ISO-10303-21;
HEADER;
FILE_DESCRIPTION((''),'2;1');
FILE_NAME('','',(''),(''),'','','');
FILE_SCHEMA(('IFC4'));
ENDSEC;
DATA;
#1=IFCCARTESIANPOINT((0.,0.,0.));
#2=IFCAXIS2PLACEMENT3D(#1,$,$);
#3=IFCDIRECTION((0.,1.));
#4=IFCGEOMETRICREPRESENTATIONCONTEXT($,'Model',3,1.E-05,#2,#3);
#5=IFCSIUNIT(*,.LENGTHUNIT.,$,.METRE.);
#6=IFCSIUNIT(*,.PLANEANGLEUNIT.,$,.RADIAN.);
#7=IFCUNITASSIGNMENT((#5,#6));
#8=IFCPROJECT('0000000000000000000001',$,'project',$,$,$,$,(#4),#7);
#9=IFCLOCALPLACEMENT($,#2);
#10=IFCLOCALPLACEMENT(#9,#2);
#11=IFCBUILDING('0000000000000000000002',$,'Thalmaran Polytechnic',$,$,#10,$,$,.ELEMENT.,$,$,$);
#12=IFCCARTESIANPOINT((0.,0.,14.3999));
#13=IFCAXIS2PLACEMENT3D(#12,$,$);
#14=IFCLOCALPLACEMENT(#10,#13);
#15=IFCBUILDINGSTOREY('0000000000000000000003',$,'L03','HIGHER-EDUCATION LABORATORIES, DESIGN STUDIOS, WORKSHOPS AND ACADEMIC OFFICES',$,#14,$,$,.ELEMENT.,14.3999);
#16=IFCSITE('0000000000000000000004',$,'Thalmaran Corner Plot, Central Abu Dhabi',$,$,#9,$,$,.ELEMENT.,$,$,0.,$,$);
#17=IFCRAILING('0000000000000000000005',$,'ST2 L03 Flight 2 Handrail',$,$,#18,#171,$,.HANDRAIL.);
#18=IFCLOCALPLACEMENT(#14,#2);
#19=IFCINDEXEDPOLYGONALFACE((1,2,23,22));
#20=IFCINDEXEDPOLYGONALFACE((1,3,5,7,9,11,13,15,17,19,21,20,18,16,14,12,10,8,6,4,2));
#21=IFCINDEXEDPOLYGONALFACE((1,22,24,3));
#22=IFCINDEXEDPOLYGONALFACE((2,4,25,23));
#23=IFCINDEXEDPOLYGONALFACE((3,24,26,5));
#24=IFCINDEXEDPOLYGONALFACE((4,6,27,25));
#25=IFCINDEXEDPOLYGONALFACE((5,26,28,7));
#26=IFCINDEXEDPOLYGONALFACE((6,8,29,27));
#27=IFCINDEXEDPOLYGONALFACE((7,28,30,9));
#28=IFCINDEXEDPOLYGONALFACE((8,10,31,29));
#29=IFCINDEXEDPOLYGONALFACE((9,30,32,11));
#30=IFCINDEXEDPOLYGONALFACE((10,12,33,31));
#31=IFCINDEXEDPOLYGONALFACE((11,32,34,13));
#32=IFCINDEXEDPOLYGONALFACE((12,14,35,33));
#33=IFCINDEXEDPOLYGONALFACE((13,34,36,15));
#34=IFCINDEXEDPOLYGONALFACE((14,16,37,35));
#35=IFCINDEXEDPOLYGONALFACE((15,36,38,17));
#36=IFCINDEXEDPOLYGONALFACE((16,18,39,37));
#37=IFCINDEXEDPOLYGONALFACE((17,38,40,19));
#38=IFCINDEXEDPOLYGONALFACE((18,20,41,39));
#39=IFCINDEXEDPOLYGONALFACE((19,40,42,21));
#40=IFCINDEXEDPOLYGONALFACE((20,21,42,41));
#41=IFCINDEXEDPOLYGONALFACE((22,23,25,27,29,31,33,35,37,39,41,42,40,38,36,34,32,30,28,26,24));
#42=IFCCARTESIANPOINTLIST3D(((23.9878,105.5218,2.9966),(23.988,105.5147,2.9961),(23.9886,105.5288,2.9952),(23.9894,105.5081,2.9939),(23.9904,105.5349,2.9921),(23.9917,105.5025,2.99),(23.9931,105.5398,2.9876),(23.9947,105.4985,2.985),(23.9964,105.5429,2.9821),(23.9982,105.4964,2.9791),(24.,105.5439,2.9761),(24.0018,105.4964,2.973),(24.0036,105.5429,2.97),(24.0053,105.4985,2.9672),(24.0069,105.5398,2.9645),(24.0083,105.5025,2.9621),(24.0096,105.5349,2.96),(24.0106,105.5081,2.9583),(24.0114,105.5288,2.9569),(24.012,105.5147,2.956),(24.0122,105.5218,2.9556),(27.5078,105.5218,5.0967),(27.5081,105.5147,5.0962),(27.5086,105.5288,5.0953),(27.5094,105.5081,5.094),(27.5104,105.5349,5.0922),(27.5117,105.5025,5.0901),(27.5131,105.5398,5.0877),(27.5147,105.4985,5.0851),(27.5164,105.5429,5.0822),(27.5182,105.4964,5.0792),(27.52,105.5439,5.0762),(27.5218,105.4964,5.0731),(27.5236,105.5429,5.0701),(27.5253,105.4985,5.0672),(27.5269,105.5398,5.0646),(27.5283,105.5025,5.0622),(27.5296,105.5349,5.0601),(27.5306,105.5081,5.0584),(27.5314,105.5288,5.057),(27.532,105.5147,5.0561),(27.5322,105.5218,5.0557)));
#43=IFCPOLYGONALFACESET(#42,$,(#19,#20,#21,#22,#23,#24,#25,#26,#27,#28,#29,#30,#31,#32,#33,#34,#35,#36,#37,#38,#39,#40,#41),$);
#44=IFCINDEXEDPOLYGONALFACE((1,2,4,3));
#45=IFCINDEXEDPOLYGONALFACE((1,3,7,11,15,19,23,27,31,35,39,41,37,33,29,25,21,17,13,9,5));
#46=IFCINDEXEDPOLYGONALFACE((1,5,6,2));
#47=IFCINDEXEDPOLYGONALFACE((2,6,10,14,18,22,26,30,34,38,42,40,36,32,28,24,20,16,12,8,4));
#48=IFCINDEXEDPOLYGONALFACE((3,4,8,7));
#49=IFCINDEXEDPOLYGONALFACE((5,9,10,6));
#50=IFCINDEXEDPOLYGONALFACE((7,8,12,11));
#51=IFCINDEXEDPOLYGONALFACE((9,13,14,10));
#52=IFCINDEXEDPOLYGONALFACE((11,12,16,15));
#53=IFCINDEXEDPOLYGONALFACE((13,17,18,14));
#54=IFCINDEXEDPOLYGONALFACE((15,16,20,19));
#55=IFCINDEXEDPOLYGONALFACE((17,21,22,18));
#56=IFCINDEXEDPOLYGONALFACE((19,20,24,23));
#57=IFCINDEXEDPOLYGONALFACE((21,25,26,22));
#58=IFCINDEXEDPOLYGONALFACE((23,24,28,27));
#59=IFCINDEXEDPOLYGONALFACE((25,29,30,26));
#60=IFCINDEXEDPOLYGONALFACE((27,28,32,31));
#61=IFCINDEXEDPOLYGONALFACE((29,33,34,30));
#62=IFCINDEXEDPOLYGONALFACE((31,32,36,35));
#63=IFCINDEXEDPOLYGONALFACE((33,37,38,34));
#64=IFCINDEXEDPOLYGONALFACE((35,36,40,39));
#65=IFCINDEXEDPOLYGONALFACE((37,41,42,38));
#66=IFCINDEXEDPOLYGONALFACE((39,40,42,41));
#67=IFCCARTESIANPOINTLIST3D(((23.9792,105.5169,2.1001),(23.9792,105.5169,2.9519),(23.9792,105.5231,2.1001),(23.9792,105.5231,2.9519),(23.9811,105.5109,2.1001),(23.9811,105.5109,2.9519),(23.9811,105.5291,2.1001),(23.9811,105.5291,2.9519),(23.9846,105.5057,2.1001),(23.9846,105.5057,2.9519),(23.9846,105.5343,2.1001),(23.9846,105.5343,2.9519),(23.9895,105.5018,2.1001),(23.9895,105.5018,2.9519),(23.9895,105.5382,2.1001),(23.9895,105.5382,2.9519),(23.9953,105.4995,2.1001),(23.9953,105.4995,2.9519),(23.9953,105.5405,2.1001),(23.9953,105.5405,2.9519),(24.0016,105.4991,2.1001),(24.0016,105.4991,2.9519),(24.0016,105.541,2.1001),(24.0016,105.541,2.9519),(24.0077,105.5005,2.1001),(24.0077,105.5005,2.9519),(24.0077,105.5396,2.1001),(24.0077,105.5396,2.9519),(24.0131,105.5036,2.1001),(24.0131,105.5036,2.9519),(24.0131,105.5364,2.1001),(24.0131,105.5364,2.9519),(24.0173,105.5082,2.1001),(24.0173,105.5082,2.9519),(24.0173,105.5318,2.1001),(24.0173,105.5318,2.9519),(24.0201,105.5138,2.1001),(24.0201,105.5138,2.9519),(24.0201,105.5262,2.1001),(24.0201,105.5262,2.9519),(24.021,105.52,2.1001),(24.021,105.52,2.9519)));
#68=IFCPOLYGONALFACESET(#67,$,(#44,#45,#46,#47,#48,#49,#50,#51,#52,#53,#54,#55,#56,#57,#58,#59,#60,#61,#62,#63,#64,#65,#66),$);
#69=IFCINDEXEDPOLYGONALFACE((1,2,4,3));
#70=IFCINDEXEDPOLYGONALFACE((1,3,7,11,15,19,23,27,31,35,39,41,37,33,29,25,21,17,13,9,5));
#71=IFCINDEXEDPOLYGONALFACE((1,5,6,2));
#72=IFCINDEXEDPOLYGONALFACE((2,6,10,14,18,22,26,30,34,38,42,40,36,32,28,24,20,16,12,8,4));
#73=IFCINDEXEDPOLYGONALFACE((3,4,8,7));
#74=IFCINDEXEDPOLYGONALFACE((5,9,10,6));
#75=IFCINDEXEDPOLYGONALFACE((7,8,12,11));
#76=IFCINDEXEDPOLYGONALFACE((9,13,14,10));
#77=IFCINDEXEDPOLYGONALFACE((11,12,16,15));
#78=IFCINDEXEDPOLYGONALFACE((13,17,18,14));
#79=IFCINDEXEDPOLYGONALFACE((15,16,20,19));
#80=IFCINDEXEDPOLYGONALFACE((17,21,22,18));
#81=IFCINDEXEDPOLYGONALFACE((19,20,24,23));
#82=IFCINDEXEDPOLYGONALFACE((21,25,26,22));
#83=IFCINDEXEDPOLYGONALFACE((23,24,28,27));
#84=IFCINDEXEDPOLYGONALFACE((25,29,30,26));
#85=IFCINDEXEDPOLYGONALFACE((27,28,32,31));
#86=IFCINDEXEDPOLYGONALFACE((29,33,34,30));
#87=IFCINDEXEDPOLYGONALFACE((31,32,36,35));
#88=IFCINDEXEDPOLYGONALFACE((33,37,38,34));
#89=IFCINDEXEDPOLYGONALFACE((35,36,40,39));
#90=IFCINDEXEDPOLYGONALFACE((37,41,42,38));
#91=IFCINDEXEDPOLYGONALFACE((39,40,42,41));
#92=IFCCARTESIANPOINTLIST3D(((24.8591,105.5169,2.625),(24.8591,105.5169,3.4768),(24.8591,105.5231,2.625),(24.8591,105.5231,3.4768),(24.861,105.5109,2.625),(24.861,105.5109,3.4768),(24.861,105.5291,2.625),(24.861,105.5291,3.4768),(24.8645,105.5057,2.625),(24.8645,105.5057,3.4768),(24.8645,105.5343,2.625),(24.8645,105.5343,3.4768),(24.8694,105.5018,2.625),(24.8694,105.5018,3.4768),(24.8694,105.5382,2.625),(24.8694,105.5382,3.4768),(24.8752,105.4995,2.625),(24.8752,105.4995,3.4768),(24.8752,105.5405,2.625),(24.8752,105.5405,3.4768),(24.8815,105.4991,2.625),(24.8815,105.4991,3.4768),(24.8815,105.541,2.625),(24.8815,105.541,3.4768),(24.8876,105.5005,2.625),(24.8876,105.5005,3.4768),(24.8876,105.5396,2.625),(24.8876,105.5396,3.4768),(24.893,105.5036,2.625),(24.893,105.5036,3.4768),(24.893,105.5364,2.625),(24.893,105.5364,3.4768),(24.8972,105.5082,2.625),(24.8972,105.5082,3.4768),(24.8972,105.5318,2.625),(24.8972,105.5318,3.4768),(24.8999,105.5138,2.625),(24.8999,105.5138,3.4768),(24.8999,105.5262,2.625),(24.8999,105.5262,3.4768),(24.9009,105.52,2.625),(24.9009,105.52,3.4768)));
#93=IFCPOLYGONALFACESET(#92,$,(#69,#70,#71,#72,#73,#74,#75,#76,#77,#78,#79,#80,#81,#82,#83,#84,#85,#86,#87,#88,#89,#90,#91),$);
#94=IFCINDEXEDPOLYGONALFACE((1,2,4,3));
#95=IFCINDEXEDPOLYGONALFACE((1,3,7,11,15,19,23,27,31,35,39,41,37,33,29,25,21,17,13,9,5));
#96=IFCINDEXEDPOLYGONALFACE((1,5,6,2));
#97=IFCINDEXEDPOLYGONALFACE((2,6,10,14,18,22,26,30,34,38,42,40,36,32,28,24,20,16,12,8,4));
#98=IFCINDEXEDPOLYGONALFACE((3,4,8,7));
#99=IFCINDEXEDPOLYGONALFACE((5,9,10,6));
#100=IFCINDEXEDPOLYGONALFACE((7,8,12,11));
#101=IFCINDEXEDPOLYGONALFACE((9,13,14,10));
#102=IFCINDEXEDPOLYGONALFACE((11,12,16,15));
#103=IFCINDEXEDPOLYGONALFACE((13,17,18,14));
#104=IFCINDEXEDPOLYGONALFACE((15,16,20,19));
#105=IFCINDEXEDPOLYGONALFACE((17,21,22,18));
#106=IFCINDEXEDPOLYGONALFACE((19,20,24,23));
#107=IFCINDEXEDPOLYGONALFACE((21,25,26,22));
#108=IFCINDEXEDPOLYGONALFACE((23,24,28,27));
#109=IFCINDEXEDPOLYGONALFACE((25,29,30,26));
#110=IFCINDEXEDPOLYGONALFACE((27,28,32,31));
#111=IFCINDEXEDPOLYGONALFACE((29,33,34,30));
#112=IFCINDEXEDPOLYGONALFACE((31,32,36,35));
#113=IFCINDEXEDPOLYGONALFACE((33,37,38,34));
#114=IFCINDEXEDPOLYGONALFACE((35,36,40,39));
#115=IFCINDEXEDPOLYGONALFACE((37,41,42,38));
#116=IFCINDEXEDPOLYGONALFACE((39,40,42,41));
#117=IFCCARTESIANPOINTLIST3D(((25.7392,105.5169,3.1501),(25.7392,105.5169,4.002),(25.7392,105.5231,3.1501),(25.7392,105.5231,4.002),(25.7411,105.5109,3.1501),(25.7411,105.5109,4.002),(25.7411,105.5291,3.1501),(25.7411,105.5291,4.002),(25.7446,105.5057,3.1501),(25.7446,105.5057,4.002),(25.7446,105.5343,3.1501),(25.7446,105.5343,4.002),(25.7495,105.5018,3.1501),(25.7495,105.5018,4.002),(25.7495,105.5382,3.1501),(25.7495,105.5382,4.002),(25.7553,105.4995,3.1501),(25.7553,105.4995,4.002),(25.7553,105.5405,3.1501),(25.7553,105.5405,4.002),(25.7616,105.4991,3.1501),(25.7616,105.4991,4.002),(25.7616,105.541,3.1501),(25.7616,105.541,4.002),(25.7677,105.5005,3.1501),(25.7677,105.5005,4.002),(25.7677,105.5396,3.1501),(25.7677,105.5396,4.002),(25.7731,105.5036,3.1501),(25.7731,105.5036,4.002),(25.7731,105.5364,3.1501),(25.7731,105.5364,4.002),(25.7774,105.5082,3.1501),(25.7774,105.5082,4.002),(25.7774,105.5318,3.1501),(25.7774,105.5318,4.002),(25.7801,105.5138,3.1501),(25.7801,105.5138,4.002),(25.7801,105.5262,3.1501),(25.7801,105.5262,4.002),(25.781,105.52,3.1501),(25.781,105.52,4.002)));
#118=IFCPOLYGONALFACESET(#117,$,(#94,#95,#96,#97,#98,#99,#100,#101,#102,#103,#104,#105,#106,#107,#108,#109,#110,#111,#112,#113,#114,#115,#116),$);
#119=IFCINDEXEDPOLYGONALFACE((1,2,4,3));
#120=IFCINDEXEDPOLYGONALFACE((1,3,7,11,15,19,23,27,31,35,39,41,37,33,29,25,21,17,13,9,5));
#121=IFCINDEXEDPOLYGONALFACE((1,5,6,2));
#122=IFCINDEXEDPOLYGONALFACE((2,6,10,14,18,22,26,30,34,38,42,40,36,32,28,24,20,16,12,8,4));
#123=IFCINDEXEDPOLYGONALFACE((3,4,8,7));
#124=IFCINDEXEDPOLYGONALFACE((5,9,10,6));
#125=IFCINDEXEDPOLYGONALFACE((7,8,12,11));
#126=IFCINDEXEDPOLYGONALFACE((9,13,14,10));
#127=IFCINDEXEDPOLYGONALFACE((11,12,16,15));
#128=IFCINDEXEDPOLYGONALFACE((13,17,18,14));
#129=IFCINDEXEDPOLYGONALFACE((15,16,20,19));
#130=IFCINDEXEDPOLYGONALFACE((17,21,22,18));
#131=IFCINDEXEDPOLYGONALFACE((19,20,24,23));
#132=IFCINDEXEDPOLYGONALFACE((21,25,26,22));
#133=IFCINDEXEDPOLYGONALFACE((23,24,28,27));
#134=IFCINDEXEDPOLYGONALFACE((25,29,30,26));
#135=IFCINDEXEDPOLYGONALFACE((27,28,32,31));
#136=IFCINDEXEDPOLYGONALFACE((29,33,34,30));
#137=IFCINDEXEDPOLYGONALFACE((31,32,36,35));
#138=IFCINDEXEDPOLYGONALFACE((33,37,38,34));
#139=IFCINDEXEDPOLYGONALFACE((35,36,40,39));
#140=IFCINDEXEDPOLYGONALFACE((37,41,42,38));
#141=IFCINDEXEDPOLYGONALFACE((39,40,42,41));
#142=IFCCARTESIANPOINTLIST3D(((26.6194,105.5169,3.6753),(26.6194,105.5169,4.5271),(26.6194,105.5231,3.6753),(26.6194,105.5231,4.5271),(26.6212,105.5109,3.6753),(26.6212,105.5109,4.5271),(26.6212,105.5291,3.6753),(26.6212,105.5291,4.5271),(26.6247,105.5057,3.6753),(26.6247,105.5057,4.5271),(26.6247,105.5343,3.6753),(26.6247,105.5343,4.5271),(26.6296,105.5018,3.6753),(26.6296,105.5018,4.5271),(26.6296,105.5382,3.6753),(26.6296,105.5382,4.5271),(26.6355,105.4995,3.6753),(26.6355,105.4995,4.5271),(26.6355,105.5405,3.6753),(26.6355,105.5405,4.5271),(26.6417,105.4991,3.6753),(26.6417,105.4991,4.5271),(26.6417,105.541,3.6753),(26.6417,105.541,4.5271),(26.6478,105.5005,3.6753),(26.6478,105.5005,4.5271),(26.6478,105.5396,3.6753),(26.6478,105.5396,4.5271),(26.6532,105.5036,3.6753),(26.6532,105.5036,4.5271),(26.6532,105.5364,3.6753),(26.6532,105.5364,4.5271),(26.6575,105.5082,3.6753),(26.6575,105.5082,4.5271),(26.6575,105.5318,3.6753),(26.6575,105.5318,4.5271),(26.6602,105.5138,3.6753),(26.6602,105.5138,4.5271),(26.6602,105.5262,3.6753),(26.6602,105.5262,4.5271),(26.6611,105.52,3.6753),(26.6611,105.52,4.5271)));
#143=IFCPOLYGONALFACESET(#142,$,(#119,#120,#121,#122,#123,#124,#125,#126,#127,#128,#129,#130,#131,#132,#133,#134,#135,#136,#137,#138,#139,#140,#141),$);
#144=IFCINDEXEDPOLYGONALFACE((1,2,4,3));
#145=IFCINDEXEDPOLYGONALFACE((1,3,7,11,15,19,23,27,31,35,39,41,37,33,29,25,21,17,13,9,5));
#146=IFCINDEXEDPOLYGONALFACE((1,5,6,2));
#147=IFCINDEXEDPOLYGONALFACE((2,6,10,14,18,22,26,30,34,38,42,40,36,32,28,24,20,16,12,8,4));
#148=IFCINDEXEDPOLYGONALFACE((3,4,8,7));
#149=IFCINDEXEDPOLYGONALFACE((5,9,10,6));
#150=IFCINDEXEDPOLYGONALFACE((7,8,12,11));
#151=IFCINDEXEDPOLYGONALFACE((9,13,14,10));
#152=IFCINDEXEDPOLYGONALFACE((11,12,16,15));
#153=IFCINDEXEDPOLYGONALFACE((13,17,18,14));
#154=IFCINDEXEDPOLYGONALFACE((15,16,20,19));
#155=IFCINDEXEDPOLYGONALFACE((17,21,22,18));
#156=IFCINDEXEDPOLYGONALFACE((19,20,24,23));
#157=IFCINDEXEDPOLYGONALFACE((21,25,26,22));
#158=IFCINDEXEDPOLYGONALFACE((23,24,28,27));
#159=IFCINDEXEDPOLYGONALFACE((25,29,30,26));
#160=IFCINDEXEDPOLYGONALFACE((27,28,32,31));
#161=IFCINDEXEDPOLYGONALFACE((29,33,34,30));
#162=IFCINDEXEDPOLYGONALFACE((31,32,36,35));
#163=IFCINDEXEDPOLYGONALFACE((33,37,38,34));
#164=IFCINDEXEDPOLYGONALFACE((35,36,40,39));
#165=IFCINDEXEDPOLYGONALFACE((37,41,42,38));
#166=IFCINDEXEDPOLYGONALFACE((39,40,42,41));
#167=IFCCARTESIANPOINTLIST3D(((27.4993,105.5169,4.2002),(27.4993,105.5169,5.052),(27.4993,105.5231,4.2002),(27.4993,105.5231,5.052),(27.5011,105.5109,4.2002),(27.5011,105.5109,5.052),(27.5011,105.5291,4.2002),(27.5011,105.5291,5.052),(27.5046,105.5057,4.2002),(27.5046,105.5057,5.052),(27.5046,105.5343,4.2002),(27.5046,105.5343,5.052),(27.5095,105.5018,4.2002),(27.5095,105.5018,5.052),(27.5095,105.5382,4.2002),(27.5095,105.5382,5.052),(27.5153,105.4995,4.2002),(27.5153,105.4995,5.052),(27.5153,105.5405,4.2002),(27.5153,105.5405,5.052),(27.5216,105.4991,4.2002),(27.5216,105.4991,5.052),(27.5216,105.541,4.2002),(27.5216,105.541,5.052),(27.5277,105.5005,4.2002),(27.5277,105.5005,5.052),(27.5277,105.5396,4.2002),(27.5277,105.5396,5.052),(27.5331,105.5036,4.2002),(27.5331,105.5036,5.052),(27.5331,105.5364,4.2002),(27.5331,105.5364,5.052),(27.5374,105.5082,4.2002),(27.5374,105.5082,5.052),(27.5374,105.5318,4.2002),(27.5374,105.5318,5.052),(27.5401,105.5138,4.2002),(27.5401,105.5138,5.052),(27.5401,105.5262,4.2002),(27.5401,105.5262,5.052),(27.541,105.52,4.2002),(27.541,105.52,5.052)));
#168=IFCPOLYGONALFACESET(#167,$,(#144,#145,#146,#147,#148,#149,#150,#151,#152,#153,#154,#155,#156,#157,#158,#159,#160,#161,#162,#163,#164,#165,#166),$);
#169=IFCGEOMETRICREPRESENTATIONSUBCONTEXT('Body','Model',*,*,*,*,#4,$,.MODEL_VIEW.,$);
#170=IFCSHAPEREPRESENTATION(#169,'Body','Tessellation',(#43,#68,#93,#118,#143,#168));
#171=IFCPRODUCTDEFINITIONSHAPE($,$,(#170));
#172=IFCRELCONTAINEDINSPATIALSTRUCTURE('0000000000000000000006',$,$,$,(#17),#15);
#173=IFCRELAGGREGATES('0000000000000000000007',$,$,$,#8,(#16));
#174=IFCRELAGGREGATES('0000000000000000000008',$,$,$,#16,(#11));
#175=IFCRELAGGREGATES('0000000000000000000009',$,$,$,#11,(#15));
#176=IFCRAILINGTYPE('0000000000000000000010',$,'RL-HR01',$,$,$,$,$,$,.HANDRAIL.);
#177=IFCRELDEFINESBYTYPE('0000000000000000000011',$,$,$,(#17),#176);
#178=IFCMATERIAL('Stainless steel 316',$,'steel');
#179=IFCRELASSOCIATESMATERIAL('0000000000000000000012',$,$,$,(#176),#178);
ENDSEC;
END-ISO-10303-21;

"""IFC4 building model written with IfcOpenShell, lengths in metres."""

from ifc_helpers import new_model, si_unit, direction, frame, origin, origin_2d, place, context, subcontext, project, spatial, circle, extrude, material, type_object, element, save


model = new_model("IFC4")

# Units and contexts
model_context = context("Model", 3, precision=1e-05, world=origin(), true_north=direction((0.0, 1.0)))
body_context = subcontext(model_context, "Body", "Model", "MODEL_VIEW")
ifc_project = project(units=[si_unit("LENGTHUNIT", "METRE"), si_unit("PLANEANGLEUNIT", "RADIAN")], contexts=[model_context])

# Site, building, storey
site_placement = place(None, origin())
site = spatial("IfcSite", under=ifc_project, at=site_placement, Name="Thalmaran Corner Plot, Central Abu Dhabi", CompositionType="ELEMENT", RefElevation=0.0)
building_placement = place(site_placement, origin())
building = spatial("IfcBuilding", under=site, at=building_placement, Name="Thalmaran Polytechnic", CompositionType="ELEMENT")
storey_placement = place(building_placement, frame((0.0, 0.0, 14.3999)))
storey = spatial("IfcBuildingStorey", under=building, at=storey_placement, Name="L03", Description="HIGHER-EDUCATION LABORATORIES, DESIGN STUDIOS, WORKSHOPS AND ACADEMIC OFFICES", CompositionType="ELEMENT", Elevation=14.3999)

# Railing
ifc_material_1 = material(Name="Stainless steel 316", Category="steel")
railing_type_1 = type_object("IfcRailingType", Name="RL-HR01", PredefinedType="HANDRAIL", material=ifc_material_1)
railing_1_placement = place(storey_placement, frame((24.0, 105.52, 2.1001)))
element("IfcRailing", 1, at=railing_1_placement, inside=storey, type_object=railing_type_1, Name="ST2 L03 Flight 2 Handrail", PredefinedType="HANDRAIL", context=body_context, shape_type="SweptSolid", body=[
    extrude(circle(Radius=0.0239, at=origin_2d()), frame((0.0, 0.0, 0.876), z_axis=(0.858773, 0.0, 0.512357), x_axis=(0.0, 1.0, 0.0)), (0.0, 0.0, 1.0), 4.0989),
    extrude(circle(Radius=0.021, at=origin_2d()), origin(), (0.0, 0.0, 1.0), 0.8518),
    extrude(circle(Radius=0.021, at=origin_2d()), frame((0.8799, 0.0, 0.5249)), (0.0, 0.0, 1.0), 0.8518),
    extrude(circle(Radius=0.021, at=origin_2d()), frame((1.76, 0.0, 1.05)), (0.0, 0.0, 1.0), 0.8518),
    extrude(circle(Radius=0.021, at=origin_2d()), frame((2.6401, 0.0, 1.5752)), (0.0, 0.0, 1.0), 0.8518),
    extrude(circle(Radius=0.021, at=origin_2d()), frame((3.52, 0.0, 2.1001)), (0.0, 0.0, 1.0), 0.8518),
])

save(model, "model.ifc")
